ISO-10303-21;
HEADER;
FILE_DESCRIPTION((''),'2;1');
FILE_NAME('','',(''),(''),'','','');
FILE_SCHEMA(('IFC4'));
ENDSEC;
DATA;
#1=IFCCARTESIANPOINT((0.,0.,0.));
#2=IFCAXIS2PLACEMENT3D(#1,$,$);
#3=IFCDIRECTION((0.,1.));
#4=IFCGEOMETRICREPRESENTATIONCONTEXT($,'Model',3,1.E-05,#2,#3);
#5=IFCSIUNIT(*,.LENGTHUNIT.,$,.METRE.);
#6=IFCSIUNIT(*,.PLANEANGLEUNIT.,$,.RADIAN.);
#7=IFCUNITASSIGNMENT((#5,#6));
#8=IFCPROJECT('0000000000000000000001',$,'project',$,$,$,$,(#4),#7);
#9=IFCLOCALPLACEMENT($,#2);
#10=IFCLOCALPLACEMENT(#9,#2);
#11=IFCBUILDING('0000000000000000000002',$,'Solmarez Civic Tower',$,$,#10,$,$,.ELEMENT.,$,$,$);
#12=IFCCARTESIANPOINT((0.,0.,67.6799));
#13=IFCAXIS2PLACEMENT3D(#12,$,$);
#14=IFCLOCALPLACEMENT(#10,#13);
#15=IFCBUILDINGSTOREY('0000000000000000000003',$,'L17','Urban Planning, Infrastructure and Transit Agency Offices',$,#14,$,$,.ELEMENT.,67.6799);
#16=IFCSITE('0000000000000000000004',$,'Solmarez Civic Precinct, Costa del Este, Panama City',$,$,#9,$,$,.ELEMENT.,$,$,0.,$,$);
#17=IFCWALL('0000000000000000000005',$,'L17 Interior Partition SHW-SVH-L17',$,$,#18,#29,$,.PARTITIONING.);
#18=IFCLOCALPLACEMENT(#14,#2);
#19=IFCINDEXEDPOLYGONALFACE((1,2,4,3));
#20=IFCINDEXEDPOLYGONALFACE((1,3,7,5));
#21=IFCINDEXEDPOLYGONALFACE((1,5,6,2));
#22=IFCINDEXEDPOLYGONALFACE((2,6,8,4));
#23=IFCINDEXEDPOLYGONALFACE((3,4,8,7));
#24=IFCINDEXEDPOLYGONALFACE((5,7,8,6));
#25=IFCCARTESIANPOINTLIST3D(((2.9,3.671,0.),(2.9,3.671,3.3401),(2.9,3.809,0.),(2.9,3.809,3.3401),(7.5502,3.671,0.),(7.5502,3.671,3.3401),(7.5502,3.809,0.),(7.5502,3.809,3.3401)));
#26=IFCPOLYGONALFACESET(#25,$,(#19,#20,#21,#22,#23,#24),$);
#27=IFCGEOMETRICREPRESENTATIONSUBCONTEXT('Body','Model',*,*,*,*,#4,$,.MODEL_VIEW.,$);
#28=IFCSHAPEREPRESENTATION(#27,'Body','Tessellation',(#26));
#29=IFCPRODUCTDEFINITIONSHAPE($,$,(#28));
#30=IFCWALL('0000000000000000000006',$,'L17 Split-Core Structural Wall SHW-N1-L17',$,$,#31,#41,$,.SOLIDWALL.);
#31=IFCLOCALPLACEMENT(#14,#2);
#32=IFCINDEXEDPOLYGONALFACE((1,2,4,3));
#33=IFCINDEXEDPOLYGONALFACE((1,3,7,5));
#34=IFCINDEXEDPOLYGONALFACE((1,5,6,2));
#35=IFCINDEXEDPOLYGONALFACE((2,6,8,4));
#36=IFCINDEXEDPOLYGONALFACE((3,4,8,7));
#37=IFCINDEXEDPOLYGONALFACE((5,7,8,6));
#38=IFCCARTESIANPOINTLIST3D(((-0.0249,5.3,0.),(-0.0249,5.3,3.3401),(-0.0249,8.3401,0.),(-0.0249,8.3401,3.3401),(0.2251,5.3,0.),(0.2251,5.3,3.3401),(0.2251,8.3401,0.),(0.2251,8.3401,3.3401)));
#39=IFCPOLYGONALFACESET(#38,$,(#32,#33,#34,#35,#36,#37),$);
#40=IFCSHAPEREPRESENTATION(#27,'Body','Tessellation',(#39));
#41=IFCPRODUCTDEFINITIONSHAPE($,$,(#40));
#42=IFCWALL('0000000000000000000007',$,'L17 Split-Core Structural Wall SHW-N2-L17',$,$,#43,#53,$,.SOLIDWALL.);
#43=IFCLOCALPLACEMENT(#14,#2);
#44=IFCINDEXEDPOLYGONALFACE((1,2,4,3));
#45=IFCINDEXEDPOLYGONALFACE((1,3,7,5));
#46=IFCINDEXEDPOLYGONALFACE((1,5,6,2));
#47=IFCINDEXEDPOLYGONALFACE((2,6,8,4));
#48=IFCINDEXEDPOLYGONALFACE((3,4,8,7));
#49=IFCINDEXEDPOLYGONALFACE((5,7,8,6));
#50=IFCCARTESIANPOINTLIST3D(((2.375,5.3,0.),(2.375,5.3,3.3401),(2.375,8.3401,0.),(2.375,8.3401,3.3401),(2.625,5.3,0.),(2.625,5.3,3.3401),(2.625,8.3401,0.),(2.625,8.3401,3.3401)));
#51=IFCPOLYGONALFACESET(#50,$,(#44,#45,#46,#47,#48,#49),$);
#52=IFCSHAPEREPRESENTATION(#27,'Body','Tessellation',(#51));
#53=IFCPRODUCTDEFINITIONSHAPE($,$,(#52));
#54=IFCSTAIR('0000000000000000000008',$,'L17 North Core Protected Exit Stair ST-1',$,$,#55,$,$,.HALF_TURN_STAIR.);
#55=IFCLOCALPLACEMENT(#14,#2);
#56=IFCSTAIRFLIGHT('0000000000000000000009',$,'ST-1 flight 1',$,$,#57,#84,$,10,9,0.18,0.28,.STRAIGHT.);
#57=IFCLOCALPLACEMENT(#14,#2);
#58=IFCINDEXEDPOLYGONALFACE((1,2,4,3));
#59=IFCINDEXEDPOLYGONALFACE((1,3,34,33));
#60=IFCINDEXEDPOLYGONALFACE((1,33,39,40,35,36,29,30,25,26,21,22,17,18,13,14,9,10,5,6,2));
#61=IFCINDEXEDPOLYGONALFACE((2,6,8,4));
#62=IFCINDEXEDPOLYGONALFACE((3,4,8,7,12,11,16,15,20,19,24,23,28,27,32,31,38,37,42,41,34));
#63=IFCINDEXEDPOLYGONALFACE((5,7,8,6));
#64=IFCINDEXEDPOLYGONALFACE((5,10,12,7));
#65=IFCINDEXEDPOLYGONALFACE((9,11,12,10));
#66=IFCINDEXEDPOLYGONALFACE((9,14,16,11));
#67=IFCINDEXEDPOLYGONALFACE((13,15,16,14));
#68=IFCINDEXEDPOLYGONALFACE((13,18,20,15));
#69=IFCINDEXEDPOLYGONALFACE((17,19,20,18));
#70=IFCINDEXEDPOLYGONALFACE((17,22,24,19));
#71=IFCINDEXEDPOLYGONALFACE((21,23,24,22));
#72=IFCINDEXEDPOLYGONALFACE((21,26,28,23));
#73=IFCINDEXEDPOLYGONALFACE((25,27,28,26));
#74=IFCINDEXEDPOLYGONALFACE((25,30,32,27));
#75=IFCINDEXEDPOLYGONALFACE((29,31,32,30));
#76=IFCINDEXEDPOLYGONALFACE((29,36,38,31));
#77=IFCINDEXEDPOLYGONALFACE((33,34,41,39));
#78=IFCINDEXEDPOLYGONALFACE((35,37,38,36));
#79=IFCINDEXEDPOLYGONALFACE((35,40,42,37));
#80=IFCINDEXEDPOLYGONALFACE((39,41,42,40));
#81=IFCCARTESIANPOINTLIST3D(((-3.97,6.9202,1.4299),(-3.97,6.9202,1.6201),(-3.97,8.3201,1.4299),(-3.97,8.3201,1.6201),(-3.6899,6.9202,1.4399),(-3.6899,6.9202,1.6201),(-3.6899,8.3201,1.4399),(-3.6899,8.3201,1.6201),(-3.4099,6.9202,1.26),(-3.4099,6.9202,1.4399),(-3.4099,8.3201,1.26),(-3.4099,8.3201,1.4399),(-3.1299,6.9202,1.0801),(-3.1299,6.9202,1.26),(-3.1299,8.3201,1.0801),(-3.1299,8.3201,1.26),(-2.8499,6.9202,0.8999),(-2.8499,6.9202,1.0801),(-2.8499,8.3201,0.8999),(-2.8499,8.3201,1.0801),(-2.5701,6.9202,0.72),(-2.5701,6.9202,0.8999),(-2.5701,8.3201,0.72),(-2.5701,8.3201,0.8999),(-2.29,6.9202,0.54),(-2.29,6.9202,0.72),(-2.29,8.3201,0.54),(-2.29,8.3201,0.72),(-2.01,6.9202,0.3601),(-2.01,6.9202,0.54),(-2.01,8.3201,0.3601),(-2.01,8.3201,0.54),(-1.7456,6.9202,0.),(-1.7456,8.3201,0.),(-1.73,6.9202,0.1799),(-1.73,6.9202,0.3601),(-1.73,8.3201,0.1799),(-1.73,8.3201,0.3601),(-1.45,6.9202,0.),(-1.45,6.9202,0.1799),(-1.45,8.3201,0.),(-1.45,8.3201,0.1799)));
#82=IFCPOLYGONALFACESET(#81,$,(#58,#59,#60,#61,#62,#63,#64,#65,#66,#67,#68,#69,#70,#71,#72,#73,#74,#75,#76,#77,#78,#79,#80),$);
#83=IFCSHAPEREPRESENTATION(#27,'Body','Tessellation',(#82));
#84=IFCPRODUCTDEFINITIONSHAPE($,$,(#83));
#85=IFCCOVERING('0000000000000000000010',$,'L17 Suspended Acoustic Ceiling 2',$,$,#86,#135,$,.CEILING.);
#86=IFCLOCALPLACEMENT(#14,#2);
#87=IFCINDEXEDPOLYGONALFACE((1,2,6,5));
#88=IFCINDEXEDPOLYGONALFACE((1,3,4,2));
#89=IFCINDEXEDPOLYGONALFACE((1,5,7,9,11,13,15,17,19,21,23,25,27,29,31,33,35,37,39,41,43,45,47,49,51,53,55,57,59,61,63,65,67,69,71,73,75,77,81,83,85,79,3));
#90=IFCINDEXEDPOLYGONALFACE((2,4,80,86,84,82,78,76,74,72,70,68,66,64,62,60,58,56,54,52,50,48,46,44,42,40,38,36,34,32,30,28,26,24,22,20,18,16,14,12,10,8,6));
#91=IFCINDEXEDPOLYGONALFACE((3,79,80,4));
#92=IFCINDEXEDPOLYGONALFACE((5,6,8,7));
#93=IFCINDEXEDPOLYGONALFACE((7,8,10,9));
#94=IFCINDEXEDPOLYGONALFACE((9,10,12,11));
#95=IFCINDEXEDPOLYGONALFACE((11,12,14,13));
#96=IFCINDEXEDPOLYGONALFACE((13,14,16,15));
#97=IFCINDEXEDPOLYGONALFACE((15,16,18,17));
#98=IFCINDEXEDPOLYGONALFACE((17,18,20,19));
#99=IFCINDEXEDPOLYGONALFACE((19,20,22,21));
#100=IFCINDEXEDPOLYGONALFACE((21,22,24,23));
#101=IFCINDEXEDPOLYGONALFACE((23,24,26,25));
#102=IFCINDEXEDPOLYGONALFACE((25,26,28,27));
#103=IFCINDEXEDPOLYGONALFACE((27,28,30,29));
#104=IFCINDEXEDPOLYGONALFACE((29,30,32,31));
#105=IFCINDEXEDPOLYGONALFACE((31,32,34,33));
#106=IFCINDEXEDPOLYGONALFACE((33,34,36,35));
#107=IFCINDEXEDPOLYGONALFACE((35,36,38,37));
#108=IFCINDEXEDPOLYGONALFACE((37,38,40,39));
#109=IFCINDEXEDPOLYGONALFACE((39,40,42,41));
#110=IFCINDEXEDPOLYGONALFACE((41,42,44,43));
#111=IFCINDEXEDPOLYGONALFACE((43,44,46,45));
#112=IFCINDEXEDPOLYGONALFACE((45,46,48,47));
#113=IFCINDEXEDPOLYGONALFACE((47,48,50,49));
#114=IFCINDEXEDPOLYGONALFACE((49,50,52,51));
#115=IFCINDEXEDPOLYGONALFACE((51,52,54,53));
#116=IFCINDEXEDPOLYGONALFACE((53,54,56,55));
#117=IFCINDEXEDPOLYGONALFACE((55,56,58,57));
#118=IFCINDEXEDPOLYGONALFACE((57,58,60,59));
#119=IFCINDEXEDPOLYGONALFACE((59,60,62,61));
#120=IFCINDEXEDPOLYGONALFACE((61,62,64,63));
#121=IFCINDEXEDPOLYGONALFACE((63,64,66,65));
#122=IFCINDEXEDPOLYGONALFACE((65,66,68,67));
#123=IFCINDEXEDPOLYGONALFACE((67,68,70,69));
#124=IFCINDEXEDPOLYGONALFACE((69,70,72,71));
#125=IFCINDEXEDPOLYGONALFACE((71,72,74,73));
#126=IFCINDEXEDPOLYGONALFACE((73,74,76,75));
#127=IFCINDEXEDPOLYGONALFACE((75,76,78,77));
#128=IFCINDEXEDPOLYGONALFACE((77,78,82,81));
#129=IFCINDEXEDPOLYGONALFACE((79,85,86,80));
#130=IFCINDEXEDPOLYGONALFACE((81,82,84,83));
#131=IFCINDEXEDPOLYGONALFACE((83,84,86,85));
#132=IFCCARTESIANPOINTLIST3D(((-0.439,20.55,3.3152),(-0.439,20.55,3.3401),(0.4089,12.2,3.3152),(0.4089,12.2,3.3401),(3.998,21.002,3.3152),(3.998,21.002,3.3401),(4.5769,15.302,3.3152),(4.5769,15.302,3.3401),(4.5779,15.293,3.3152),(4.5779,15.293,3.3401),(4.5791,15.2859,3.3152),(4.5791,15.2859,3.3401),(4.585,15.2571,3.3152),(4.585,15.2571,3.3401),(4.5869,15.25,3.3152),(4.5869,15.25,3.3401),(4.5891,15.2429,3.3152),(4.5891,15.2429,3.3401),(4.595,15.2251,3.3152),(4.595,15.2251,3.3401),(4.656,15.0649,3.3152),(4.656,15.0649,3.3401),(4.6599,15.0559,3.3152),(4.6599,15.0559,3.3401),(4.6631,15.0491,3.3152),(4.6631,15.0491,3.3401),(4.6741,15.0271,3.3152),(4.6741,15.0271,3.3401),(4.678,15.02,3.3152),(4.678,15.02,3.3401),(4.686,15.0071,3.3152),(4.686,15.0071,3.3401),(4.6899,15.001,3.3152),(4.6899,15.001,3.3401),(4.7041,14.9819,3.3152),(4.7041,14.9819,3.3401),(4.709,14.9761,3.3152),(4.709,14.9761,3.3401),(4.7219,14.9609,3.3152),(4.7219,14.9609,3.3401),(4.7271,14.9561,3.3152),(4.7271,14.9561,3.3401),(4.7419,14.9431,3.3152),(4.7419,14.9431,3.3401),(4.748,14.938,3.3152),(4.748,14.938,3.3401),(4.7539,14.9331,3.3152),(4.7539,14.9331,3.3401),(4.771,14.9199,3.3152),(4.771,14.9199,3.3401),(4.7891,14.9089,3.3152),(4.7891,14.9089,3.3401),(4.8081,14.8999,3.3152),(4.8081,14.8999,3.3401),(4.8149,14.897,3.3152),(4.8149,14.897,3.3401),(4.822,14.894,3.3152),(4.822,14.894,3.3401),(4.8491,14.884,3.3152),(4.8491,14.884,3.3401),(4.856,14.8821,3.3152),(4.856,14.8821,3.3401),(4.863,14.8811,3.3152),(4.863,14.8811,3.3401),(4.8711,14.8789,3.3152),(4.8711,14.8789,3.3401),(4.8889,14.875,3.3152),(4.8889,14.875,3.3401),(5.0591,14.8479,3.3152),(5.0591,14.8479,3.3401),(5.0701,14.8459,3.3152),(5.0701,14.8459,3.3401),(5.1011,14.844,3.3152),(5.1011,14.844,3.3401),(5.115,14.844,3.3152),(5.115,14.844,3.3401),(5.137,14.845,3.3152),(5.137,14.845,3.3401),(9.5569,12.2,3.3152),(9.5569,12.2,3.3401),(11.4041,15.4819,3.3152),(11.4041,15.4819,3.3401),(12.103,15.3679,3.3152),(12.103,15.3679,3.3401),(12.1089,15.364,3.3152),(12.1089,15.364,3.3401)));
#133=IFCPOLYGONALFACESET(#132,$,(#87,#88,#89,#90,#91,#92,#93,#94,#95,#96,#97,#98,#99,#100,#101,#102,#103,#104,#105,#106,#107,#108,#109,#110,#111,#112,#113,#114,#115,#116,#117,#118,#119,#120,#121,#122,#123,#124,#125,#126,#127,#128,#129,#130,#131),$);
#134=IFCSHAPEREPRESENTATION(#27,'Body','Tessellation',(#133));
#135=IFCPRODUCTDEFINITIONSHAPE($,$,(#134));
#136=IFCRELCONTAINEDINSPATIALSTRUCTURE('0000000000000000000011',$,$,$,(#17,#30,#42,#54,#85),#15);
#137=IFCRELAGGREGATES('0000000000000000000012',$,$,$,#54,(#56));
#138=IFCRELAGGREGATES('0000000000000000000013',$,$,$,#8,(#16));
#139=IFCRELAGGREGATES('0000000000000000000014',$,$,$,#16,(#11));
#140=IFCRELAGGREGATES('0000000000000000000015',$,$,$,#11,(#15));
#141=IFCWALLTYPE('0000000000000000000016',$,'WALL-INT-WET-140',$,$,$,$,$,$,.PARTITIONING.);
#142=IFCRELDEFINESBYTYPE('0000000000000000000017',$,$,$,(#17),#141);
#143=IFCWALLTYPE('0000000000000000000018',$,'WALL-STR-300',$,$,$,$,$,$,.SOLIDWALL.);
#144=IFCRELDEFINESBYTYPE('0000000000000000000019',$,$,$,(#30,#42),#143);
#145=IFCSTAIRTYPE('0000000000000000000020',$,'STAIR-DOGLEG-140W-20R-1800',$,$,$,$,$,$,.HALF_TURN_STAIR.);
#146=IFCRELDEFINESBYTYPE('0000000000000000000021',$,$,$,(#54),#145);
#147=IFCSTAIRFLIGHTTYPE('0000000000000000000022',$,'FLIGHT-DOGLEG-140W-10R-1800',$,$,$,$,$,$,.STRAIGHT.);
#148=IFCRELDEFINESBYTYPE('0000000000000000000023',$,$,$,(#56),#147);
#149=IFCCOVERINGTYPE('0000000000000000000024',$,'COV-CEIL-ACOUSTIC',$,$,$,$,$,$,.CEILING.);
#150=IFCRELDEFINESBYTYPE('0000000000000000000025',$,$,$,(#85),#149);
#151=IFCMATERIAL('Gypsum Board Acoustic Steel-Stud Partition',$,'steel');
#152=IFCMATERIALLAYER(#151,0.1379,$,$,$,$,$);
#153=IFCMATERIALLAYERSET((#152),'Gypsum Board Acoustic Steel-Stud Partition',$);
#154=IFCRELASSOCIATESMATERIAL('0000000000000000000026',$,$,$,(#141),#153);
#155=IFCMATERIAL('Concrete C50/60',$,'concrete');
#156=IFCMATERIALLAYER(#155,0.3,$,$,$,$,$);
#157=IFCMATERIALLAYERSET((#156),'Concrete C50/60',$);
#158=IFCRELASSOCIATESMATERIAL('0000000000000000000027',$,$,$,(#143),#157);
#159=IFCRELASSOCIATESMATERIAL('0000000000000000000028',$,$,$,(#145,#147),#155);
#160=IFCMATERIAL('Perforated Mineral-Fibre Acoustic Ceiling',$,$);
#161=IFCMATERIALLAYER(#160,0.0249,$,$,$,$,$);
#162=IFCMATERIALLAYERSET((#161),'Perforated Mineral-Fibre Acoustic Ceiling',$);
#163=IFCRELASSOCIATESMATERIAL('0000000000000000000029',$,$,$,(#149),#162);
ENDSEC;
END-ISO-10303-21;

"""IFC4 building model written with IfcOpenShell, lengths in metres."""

from ifc_helpers import new_model, si_unit, direction, frame, frame_2d, origin, place, context, subcontext, project, spatial, polyline, rectangle, outline, extrude, material, layer, layer_set, type_object, element, aggregate, save


model = new_model("IFC4")

# Units and contexts
model_context = context("Model", 3, precision=1e-05, world=origin(), true_north=direction((0.0, 1.0)))
body_context = subcontext(model_context, "Body", "Model", "MODEL_VIEW")
ifc_project = project(units=[si_unit("LENGTHUNIT", "METRE"), si_unit("PLANEANGLEUNIT", "RADIAN")], contexts=[model_context])

# Site, building, storey
site_placement = place(None, origin())
site = spatial("IfcSite", under=ifc_project, at=site_placement, Name="Solmarez Civic Precinct, Costa del Este, Panama City", CompositionType="ELEMENT", RefElevation=0.0)
building_placement = place(site_placement, origin())
building = spatial("IfcBuilding", under=site, at=building_placement, Name="Solmarez Civic Tower", CompositionType="ELEMENT")
storey_placement = place(building_placement, frame((0.0, 0.0, 67.6799)))
storey = spatial("IfcBuildingStorey", under=building, at=storey_placement, Name="L17", Description="Urban Planning, Infrastructure and Transit Agency Offices", CompositionType="ELEMENT", Elevation=67.6799)

# Shared definitions
ifc_material_1 = material(Name="Concrete C50/60", Category="concrete")

# Shared definitions
ifc_material_2 = material(Name="Gypsum Board Acoustic Steel-Stud Partition", Category="steel")

# Walls
ifc_layer_1 = layer(ifc_material_2, 0.1379)
ifc_layer_set_1 = layer_set([ifc_layer_1], Name="Gypsum Board Acoustic Steel-Stud Partition")
wall_type_1 = type_object("IfcWallType", Name="WALL-INT-WET-140", PredefinedType="PARTITIONING", material=ifc_layer_set_1)
wall_1_placement = place(storey_placement, frame((2.8999, 3.74, 0.0), z_axis=(0.0, 0.0, 1.0), x_axis=(1.0, 0.0, 0.0)))
element("IfcWall", 1, at=wall_1_placement, inside=storey, type_object=wall_type_1, Name="L17 Interior Partition SHW-SVH-L17", PredefinedType="PARTITIONING", context=body_context, shape_type="SweptSolid", body=[
    extrude(rectangle(XDim=4.6501, YDim=0.1379, at=frame_2d((2.3252, 0.0))), origin(), (0.0, 0.0, 1.0), 3.3401),
])
ifc_layer_2 = layer(ifc_material_1, 0.3)
ifc_layer_set_2 = layer_set([ifc_layer_2], Name="Concrete C50/60")
wall_type_2 = type_object("IfcWallType", Name="WALL-STR-300", PredefinedType="SOLIDWALL", material=ifc_layer_set_2)
for number, where, z_axis, x_axis, name in (
    (2, (0.1001, 5.3, 0.0), (0.0, 0.0, 1.0), (0.0, 1.0, 0.0), "L17 Split-Core Structural Wall SHW-N1-L17"),
    (3, (2.5, 5.3, 0.0), (0.0, 0.0, 1.0), (0.0, 1.0, 0.0), "L17 Split-Core Structural Wall SHW-N2-L17"),
):
    element("IfcWall", number, at=place(storey_placement, frame(where, z_axis=z_axis, x_axis=x_axis)), inside=storey, type_object=wall_type_2, Name=name, PredefinedType="SOLIDWALL", context=body_context, shape_type="SweptSolid", body=[
        extrude(rectangle(XDim=3.04, YDim=0.25, at=frame_2d((1.52, 0.0))), origin(), (0.0, 0.0, 1.0), 3.3401),
    ])

# Stair, stair flight
stair_type = type_object("IfcStairType", Name="STAIR-DOGLEG-140W-20R-1800", PredefinedType="HALF_TURN_STAIR", material=ifc_material_1)
stair_placement = place(storey_placement, origin())
stair = element("IfcStair", 4, at=stair_placement, inside=storey, type_object=stair_type, Name="L17 North Core Protected Exit Stair ST-1", PredefinedType="HALF_TURN_STAIR")
stair_flight_type = type_object("IfcStairFlightType", Name="FLIGHT-DOGLEG-140W-10R-1800", PredefinedType="STRAIGHT", material=ifc_material_1)
stair_flight_placement = place(storey_placement, frame((-1.45, 7.6201, 0.0), z_axis=(0.0, 0.0, 1.0), x_axis=(-1.0, 0.0, 0.0)))
stair_flight = element("IfcStairFlight", 5, at=stair_flight_placement, type_object=stair_flight_type, Name="ST-1 flight 1", NumberOfRisers=10, NumberOfTreads=9, PredefinedType="STRAIGHT", RiserHeight=0.18, TreadLength=0.28, context=body_context, shape_type="SweptSolid", body=[
    extrude(outline(polyline([(0.0, 0.0), (0.0, 0.1799), (0.28, 0.1799), (0.28, 0.3601), (0.5601, 0.3601), (0.5601, 0.54), (0.8401, 0.54), (0.8401, 0.72), (1.1201, 0.72), (1.1201, 0.8999), (1.3999, 0.8999), (1.3999, 1.0801), (1.6799, 1.0801), (1.6799, 1.26), (1.96, 1.26), (1.96, 1.4399), (2.24, 1.4399), (2.24, 1.6201), (2.52, 1.6201), (2.52, 1.8), (2.52, 1.4299), (0.2957, 0.0), (0.0, 0.0)])), frame((0.0, 0.7, 0.0), z_axis=(0.0, -1.0, 0.0), x_axis=(1.0, 0.0, 0.0)), (0.0, 0.0, 1.0), 1.3999),
])
aggregate(stair, [stair_flight])

# Covering
ifc_material_3 = material(Name="Perforated Mineral-Fibre Acoustic Ceiling")
ifc_layer_3 = layer(ifc_material_3, 0.0249)
ifc_layer_set_3 = layer_set([ifc_layer_3], Name="Perforated Mineral-Fibre Acoustic Ceiling")
covering_type_1 = type_object("IfcCoveringType", Name="COV-CEIL-ACOUSTIC", PredefinedType="CEILING", material=ifc_layer_set_3)
covering_1_placement = place(storey_placement, frame((0.0, 0.0, 3.3152)))
element("IfcCovering", 6, at=covering_1_placement, inside=storey, type_object=covering_type_1, Name="L17 Suspended Acoustic Ceiling 2", PredefinedType="CEILING", context=body_context, shape_type="SweptSolid", body=[
    extrude(outline(polyline([(0.4089, 12.2), (9.5569, 12.2), (12.1089, 15.364), (12.103, 15.3679), (11.4041, 15.4819), (5.137, 14.845), (5.115, 14.844), (5.1011, 14.844), (5.0701, 14.8459), (5.0591, 14.8479), (4.8889, 14.875), (4.8711, 14.8789), (4.863, 14.8811), (4.856, 14.8821), (4.8491, 14.884), (4.822, 14.894), (4.8149, 14.897), (4.8081, 14.8999), (4.7891, 14.9089), (4.771, 14.9199), (4.7539, 14.9331), (4.748, 14.938), (4.7419, 14.9431), (4.7271, 14.9561), (4.7219, 14.9609), (4.709, 14.9761), (4.7041, 14.9819), (4.6899, 15.001), (4.686, 15.0071), (4.678, 15.02), (4.6741, 15.0271), (4.6631, 15.0491), (4.6599, 15.0559), (4.656, 15.0649), (4.595, 15.2251), (4.5891, 15.2429), (4.5869, 15.25), (4.585, 15.2571), (4.5791, 15.2859), (4.5779, 15.293), (4.5769, 15.302), (3.998, 21.002), (-0.439, 20.55), (0.4089, 12.2)])), origin(), (0.0, 0.0, 1.0), 0.0249),
])

save(model, "model.ifc")
